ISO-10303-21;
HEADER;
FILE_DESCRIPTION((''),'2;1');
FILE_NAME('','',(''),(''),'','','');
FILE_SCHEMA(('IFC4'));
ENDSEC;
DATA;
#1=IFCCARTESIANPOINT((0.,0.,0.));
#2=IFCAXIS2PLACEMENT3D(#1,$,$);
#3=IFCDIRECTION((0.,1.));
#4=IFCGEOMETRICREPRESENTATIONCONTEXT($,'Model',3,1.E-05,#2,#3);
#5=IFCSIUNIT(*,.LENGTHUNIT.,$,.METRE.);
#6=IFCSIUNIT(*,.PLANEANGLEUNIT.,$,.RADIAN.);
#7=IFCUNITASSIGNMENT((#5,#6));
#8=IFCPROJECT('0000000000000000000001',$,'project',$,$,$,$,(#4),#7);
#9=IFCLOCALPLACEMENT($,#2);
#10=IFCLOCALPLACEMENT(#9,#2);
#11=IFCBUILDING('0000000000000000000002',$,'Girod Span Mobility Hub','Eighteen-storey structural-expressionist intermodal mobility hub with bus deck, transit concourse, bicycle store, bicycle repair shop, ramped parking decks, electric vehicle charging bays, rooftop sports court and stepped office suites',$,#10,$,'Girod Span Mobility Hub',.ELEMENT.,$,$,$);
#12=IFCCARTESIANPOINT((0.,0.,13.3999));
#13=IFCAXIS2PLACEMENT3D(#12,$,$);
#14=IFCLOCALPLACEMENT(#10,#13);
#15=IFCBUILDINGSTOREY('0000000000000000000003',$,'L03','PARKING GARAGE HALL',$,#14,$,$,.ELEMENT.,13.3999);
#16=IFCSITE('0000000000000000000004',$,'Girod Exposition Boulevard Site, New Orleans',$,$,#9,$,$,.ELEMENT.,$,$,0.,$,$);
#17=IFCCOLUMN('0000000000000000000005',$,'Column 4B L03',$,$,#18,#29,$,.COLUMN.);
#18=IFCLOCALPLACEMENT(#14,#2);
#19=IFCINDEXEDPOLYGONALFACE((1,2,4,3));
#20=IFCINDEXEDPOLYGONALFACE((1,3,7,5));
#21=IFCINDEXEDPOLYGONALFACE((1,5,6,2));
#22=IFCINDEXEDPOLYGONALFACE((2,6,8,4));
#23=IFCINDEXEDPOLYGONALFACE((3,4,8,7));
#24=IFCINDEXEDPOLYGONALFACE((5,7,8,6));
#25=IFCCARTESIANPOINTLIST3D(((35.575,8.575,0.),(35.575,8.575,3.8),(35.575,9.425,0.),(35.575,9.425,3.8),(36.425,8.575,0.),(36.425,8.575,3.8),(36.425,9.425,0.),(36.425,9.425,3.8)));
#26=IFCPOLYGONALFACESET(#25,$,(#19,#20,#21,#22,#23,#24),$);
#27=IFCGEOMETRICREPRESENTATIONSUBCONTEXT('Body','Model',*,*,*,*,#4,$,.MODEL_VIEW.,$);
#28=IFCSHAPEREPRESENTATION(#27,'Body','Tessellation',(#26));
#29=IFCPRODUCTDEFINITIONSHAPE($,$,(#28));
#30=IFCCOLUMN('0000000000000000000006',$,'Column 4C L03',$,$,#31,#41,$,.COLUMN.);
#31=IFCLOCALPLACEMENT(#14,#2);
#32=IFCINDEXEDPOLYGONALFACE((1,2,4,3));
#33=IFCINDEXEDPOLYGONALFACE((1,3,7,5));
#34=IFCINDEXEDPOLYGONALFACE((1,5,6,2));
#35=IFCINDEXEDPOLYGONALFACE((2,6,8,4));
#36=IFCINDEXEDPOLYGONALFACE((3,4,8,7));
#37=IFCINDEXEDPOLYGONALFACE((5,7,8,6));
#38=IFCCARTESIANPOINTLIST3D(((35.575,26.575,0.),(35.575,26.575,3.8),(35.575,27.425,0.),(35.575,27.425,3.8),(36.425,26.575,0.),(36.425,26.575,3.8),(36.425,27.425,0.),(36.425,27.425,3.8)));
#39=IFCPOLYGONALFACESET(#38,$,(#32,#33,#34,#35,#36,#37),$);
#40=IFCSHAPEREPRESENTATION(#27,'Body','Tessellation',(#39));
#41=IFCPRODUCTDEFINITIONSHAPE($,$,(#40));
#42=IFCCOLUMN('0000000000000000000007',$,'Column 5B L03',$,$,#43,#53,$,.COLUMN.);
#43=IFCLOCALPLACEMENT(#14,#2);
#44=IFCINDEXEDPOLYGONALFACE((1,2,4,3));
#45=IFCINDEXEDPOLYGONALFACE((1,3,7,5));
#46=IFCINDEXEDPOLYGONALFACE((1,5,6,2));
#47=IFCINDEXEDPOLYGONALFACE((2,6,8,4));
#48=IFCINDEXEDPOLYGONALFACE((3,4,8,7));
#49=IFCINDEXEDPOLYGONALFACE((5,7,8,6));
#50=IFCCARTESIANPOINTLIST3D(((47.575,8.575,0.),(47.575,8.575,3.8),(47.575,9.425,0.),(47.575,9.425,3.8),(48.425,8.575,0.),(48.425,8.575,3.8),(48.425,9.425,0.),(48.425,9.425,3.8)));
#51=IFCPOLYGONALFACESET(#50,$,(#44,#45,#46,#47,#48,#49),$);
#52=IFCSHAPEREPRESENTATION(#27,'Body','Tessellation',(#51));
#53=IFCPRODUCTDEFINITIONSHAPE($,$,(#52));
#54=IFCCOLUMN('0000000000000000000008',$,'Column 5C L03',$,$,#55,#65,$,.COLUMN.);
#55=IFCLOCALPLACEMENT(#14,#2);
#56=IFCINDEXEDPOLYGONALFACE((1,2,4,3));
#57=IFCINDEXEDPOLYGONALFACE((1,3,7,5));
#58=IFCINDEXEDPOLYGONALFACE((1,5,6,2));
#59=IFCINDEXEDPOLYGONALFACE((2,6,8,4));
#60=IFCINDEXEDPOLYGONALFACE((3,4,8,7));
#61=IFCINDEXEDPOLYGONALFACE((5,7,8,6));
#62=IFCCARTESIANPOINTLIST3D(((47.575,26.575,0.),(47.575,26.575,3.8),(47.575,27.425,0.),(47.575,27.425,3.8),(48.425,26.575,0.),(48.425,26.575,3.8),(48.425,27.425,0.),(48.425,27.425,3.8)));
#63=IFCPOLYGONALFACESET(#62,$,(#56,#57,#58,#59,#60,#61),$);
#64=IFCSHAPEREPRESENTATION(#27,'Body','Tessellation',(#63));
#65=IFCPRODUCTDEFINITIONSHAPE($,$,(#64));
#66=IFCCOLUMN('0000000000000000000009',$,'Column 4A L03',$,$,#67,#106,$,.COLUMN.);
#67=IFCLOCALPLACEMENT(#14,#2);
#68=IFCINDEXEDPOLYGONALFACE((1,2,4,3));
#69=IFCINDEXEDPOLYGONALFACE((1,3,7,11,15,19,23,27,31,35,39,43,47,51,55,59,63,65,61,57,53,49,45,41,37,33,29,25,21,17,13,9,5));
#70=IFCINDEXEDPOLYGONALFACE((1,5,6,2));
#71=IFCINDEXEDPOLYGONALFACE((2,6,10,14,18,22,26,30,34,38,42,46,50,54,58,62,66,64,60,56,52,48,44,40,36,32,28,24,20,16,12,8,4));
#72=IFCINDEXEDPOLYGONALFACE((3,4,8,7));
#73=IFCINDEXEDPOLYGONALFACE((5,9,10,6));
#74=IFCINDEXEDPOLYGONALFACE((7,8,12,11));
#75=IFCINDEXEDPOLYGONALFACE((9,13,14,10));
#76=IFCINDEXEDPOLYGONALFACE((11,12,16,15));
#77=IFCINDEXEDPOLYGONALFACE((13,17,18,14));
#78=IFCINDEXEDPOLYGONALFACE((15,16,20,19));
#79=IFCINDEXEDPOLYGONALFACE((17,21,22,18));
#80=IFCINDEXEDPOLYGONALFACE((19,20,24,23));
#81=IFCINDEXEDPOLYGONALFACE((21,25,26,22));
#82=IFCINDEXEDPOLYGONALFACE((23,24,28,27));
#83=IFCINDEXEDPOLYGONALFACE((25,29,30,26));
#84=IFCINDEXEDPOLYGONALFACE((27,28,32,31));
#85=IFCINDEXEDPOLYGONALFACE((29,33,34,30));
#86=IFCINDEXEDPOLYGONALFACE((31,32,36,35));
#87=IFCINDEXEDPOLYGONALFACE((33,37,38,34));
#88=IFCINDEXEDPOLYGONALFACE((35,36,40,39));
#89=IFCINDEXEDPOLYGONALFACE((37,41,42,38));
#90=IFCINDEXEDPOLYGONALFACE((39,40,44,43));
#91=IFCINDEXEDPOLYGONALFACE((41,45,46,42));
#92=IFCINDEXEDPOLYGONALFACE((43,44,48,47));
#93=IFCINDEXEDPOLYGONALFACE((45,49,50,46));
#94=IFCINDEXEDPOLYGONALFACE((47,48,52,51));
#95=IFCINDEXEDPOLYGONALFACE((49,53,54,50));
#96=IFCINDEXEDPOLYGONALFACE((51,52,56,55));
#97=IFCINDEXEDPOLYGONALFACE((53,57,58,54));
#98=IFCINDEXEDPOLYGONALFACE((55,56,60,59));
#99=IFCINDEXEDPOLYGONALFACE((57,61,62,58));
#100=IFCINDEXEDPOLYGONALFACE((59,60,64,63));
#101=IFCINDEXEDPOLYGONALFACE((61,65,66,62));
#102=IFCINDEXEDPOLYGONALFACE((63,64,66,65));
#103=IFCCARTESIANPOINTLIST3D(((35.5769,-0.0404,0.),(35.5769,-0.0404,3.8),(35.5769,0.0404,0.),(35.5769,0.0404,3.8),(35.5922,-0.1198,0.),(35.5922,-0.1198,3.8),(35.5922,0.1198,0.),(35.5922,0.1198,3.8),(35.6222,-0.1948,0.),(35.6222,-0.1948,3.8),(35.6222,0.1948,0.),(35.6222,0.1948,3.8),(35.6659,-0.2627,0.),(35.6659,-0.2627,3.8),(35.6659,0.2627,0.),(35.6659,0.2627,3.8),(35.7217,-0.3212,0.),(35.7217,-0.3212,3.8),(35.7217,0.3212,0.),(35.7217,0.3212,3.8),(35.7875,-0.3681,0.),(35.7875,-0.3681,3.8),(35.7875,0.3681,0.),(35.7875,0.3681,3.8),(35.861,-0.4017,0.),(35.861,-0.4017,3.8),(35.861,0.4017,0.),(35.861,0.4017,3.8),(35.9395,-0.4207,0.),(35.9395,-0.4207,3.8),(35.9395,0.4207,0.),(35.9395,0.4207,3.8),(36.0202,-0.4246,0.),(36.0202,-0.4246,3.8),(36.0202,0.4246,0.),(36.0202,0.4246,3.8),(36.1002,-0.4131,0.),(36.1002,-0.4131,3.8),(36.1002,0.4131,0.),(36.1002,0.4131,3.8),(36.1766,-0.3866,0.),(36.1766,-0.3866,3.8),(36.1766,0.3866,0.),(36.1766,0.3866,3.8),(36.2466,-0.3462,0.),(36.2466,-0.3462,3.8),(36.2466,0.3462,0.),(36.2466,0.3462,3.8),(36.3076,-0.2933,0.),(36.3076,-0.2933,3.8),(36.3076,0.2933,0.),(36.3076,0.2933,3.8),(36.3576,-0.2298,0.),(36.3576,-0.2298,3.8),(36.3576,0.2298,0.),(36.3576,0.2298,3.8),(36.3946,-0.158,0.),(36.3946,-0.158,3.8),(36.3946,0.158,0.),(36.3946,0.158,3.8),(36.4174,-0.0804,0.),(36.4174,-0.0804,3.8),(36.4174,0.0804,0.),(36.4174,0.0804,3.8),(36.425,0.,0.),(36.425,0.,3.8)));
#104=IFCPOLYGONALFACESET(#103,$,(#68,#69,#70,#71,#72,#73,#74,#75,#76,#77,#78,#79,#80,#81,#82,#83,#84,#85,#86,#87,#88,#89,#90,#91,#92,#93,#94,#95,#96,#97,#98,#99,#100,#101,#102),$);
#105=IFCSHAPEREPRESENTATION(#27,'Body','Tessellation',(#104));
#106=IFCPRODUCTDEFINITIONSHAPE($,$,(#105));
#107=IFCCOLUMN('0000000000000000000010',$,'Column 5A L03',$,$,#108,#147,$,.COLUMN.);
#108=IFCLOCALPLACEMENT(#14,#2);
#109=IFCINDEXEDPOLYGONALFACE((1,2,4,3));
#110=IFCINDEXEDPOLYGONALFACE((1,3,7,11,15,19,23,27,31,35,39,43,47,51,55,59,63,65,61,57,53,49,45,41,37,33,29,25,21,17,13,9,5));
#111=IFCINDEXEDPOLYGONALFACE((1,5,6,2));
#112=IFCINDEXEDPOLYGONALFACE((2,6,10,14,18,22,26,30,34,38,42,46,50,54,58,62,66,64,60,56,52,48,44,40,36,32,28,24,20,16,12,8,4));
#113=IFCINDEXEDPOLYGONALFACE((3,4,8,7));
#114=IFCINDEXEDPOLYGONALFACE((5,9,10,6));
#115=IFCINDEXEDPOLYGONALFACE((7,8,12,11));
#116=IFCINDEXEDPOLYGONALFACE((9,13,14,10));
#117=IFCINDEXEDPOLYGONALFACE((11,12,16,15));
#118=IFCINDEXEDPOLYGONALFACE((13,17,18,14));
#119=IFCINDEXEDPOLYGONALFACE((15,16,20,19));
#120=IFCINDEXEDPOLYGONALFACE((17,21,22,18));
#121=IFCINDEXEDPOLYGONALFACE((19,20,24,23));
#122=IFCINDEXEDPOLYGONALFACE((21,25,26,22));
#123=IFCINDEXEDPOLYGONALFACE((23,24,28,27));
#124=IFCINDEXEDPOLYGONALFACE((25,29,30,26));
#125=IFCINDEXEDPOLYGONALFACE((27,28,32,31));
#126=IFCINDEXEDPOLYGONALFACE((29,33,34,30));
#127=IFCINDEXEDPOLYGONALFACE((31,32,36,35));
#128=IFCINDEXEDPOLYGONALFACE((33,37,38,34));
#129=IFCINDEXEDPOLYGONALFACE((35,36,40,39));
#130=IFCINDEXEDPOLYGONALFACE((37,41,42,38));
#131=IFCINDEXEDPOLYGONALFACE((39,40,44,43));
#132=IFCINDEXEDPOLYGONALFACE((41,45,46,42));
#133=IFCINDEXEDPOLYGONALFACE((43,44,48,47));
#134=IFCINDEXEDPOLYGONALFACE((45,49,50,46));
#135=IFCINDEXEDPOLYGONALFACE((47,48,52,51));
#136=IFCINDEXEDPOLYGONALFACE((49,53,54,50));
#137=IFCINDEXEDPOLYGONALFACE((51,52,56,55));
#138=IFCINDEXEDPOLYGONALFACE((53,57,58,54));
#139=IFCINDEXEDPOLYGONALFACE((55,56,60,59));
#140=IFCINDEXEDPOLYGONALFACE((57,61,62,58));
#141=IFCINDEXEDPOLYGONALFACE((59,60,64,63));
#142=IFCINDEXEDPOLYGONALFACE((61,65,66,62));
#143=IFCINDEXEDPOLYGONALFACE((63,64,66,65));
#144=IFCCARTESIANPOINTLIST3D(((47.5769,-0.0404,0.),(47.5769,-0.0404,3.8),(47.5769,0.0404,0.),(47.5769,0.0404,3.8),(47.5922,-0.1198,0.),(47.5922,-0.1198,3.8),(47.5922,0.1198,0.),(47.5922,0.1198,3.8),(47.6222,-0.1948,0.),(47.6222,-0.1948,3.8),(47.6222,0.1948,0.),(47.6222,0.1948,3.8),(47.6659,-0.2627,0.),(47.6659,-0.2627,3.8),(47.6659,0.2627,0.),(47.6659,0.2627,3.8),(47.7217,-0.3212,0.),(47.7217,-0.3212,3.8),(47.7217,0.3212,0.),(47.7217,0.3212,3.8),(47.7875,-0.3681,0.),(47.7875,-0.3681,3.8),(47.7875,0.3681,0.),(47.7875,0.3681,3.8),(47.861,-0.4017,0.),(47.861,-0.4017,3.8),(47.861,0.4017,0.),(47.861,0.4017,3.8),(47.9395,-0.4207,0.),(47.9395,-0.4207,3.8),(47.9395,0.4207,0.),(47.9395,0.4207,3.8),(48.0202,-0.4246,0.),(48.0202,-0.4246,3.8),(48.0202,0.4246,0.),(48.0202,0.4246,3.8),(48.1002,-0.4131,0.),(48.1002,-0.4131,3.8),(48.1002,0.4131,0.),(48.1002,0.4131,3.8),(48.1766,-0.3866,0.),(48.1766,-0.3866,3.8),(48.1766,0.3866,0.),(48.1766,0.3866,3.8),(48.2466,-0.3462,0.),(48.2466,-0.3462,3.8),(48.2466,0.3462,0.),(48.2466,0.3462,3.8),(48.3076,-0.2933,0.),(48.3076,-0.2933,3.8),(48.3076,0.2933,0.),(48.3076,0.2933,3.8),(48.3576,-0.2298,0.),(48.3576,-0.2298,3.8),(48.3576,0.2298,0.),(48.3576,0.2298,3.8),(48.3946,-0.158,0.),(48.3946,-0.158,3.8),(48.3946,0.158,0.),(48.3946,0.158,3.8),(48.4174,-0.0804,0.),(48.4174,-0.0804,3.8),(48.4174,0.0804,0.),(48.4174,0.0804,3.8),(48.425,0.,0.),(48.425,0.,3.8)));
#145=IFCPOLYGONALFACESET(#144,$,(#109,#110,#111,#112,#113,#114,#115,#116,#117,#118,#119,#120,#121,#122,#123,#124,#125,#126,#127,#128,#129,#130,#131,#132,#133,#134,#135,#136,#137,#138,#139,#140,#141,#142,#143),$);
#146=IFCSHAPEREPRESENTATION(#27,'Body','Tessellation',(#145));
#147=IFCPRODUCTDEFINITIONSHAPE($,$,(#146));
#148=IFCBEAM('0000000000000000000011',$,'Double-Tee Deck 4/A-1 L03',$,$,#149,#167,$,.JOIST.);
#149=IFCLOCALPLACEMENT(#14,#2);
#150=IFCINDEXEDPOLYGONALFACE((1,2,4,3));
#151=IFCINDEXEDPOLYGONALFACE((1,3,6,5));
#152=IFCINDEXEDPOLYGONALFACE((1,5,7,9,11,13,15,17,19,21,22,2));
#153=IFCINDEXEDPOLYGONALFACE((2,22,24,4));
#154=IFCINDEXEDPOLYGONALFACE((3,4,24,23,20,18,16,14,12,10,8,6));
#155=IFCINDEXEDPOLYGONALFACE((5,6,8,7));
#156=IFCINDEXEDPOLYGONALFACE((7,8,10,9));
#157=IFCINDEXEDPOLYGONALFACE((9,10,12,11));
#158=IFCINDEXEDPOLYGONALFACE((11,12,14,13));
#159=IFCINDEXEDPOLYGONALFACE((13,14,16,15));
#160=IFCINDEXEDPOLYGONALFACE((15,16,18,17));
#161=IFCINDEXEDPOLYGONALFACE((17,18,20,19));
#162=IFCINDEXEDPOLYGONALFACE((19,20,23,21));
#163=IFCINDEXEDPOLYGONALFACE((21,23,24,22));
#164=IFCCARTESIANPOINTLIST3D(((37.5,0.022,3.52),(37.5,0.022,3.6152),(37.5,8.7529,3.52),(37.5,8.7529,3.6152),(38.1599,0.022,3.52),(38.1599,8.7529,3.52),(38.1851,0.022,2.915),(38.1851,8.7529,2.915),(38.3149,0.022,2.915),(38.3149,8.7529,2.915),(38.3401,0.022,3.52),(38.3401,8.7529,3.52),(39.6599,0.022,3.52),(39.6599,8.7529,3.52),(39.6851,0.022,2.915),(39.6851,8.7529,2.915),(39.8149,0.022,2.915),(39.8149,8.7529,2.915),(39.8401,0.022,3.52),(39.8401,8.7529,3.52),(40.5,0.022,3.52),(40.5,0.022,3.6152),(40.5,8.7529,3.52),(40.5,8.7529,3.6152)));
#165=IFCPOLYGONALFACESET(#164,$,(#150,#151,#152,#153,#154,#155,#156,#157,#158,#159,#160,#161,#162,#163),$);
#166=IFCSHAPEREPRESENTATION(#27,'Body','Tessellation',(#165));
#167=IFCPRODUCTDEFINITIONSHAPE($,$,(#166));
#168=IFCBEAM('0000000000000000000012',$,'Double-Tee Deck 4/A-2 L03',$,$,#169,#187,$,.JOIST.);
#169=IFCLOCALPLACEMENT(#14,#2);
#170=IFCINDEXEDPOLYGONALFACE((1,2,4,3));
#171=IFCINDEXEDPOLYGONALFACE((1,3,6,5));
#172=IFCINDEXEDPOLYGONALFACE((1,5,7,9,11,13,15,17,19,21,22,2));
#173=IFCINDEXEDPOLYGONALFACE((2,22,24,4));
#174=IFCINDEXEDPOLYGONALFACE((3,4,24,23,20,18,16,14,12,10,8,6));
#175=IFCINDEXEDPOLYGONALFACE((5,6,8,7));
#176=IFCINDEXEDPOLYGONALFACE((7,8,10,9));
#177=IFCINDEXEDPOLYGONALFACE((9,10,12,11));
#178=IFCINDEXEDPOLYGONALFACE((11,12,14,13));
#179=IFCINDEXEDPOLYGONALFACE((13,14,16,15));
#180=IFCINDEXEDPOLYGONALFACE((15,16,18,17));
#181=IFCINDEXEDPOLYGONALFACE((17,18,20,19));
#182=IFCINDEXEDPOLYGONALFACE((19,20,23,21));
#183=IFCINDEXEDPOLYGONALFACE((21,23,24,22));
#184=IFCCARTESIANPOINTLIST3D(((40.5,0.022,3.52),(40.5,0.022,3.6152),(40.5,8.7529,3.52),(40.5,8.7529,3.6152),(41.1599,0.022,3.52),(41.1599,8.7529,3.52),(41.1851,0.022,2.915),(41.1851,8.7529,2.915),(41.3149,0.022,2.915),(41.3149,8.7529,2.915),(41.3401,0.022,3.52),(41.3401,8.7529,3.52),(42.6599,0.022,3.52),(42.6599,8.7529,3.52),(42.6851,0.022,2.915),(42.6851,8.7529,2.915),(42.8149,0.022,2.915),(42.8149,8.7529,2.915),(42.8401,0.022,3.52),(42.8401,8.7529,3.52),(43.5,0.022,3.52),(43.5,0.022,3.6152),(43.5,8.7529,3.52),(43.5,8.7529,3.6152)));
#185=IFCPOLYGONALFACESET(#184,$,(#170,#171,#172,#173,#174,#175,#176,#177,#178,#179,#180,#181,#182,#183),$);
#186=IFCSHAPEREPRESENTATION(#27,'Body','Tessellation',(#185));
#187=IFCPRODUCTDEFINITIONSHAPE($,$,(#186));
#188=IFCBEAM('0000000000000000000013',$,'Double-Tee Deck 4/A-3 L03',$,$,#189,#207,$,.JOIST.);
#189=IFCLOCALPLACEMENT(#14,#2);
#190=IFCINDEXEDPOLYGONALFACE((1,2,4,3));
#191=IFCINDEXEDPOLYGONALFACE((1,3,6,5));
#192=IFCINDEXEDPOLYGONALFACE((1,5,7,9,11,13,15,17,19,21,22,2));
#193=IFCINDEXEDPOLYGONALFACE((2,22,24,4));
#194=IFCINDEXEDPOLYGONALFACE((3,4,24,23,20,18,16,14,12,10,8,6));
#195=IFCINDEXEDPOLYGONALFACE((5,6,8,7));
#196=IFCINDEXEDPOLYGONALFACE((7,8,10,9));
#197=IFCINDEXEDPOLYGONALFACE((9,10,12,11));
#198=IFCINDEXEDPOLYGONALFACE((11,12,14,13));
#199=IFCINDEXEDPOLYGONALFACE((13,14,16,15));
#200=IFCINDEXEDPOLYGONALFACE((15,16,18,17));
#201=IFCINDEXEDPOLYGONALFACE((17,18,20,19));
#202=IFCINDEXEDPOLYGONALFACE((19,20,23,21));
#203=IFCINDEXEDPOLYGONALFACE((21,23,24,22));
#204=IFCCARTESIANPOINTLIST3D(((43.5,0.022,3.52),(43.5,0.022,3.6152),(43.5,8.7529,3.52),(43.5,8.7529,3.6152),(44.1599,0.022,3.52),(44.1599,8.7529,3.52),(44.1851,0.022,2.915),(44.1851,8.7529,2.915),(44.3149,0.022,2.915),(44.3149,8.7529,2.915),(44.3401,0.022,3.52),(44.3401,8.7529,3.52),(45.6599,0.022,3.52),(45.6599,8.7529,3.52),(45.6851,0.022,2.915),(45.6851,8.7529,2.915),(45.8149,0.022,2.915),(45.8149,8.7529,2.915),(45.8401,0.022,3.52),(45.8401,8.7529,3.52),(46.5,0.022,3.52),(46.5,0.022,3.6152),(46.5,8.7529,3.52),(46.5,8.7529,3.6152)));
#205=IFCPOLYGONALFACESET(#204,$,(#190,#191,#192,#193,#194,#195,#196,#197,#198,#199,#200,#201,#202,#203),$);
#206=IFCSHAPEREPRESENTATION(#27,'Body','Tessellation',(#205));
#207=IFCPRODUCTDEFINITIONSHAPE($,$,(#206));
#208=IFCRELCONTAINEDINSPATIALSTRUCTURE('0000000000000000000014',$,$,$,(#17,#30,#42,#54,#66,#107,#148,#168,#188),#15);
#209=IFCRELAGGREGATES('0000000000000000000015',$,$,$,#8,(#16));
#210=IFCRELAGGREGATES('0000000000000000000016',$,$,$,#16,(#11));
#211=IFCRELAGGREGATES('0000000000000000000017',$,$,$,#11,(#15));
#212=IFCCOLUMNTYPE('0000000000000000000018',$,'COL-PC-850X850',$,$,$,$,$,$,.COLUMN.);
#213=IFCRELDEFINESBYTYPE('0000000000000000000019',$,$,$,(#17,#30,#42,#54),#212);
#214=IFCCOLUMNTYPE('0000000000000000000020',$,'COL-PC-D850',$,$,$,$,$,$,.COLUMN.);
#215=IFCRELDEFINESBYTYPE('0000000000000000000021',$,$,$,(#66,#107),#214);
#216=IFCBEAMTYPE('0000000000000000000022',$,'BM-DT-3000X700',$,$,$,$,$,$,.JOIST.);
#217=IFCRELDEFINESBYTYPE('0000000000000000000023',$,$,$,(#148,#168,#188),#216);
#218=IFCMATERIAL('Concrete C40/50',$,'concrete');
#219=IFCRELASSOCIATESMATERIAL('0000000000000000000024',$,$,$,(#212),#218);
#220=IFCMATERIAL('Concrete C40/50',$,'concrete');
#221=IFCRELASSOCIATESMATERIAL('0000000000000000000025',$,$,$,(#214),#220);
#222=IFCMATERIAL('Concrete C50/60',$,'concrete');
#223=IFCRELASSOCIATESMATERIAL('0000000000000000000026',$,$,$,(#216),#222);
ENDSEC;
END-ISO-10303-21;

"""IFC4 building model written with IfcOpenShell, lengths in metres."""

from ifc_helpers import new_model, si_unit, direction, frame, origin, origin_2d, place, context, subcontext, project, spatial, polyline, rectangle, circle, outline, extrude, material, material_profile, profile_set, type_object, element, save


model = new_model("IFC4")

# Units and contexts
model_context = context("Model", 3, precision=1e-05, world=origin(), true_north=direction((0.0, 1.0)))
body_context = subcontext(model_context, "Body", "Model", "MODEL_VIEW")
ifc_project = project(units=[si_unit("LENGTHUNIT", "METRE"), si_unit("PLANEANGLEUNIT", "RADIAN")], contexts=[model_context])

# Site, building, storey
site_placement = place(None, origin())
site = spatial("IfcSite", under=ifc_project, at=site_placement, Name="Girod Exposition Boulevard Site, New Orleans", CompositionType="ELEMENT", RefElevation=0.0)
building_placement = place(site_placement, origin())
building = spatial("IfcBuilding", under=site, at=building_placement, Name="Girod Span Mobility Hub", Description="Eighteen-storey structural-expressionist intermodal mobility hub with bus deck, transit concourse, bicycle store, bicycle repair shop, ramped parking decks, electric vehicle charging bays, rooftop sports court and stepped office suites", LongName="Girod Span Mobility Hub", CompositionType="ELEMENT")
storey_placement = place(building_placement, frame((0.0, 0.0, 13.3999)))
storey = spatial("IfcBuildingStorey", under=building, at=storey_placement, Name="L03", Description="PARKING GARAGE HALL", CompositionType="ELEMENT", Elevation=13.3999)

# Columns
ifc_material_1 = material(Name="Concrete C40/50", Category="concrete")
ifc_material_profile_1 = material_profile(ifc_material_1, rectangle(XDim=0.8501, YDim=0.8501, at=origin_2d()), Name="PC-COL-850X850")
ifc_profile_set_1 = profile_set([ifc_material_profile_1], Name="Concrete C40/50")
column_type_1 = type_object("IfcColumnType", Name="COL-PC-850X850", PredefinedType="COLUMN", material=ifc_profile_set_1)
for number, where, z_axis, x_axis, name in (
    (1, (36.0, 9.0, 0.0), (0.0, 0.0, 1.0), (1.0, 0.0, 0.0), "Column 4B L03"),
    (2, (36.0, 27.0, 0.0), (0.0, 0.0, 1.0), (1.0, 0.0, 0.0), "Column 4C L03"),
    (3, (48.0, 9.0, 0.0), (0.0, 0.0, 1.0), (1.0, 0.0, 0.0), "Column 5B L03"),
    (4, (48.0, 27.0, 0.0), (0.0, 0.0, 1.0), (1.0, 0.0, 0.0), "Column 5C L03"),
):
    element("IfcColumn", number, at=place(storey_placement, frame(where, z_axis=z_axis, x_axis=x_axis)), inside=storey, type_object=column_type_1, Name=name, PredefinedType="COLUMN", context=body_context, shape_type="SweptSolid", body=[
        extrude(rectangle(XDim=0.8501, YDim=0.8501, at=origin_2d()), origin(), (0.0, 0.0, 1.0), 3.8),
    ])
ifc_material_2 = material(Name="Concrete C40/50", Category="concrete")
ifc_material_profile_2 = material_profile(ifc_material_2, circle(Radius=0.425, at=origin_2d()), Name="PC-CIR-D850")
ifc_profile_set_2 = profile_set([ifc_material_profile_2], Name="Concrete C40/50")
column_type_2 = type_object("IfcColumnType", Name="COL-PC-D850", PredefinedType="COLUMN", material=ifc_profile_set_2)
for number, where, z_axis, x_axis, name in (
    (5, (36.0, 0.0, 0.0), (0.0, 0.0, 1.0), (1.0, 0.0, 0.0), "Column 4A L03"),
    (6, (48.0, 0.0, 0.0), (0.0, 0.0, 1.0), (1.0, 0.0, 0.0), "Column 5A L03"),
):
    element("IfcColumn", number, at=place(storey_placement, frame(where, z_axis=z_axis, x_axis=x_axis)), inside=storey, type_object=column_type_2, Name=name, PredefinedType="COLUMN", context=body_context, shape_type="SweptSolid", body=[
        extrude(circle(Radius=0.425, at=origin_2d()), origin(), (0.0, 0.0, 1.0), 3.8),
    ])

# Beams
ifc_material_3 = material(Name="Concrete C50/60", Category="concrete")
ifc_material_profile_3 = material_profile(ifc_material_3, outline(polyline([(-1.5, 0.3501), (-1.5, 0.2549), (-0.8401, 0.2549), (-0.8149, -0.3501), (-0.6851, -0.3501), (-0.6599, 0.2549), (0.6599, 0.2549), (0.6851, -0.3501), (0.8149, -0.3501), (0.8401, 0.2549), (1.5, 0.2549), (1.5, 0.3501), (-1.5, 0.3501)])), Name="DT-3000X700")
ifc_profile_set_3 = profile_set([ifc_material_profile_3], Name="Concrete C50/60")
beam_type_1 = type_object("IfcBeamType", Name="BM-DT-3000X700", PredefinedType="JOIST", material=ifc_profile_set_3)
for number, where, z_axis, x_axis, name in (
    (7, (39.0, 0.022, 3.2651), (0.0, 1.0, 0.0), (-1.0, 0.0, 0.0), "Double-Tee Deck 4/A-1 L03"),
    (8, (42.0, 0.022, 3.2651), (0.0, 1.0, 0.0), (-1.0, 0.0, 0.0), "Double-Tee Deck 4/A-2 L03"),
    (9, (45.0, 0.022, 3.2651), (0.0, 1.0, 0.0), (-1.0, 0.0, 0.0), "Double-Tee Deck 4/A-3 L03"),
):
    element("IfcBeam", number, at=place(storey_placement, frame(where, z_axis=z_axis, x_axis=x_axis)), inside=storey, type_object=beam_type_1, Name=name, PredefinedType="JOIST", context=body_context, shape_type="SweptSolid", body=[
        extrude(outline(polyline([(-1.5, 0.3501), (-1.5, 0.2549), (-0.8401, 0.2549), (-0.8149, -0.3501), (-0.6851, -0.3501), (-0.6599, 0.2549), (0.6599, 0.2549), (0.6851, -0.3501), (0.8149, -0.3501), (0.8401, 0.2549), (1.5, 0.2549), (1.5, 0.3501), (-1.5, 0.3501)])), origin(), (0.0, 0.0, 1.0), 8.731),
    ])

save(model, "model.ifc")
